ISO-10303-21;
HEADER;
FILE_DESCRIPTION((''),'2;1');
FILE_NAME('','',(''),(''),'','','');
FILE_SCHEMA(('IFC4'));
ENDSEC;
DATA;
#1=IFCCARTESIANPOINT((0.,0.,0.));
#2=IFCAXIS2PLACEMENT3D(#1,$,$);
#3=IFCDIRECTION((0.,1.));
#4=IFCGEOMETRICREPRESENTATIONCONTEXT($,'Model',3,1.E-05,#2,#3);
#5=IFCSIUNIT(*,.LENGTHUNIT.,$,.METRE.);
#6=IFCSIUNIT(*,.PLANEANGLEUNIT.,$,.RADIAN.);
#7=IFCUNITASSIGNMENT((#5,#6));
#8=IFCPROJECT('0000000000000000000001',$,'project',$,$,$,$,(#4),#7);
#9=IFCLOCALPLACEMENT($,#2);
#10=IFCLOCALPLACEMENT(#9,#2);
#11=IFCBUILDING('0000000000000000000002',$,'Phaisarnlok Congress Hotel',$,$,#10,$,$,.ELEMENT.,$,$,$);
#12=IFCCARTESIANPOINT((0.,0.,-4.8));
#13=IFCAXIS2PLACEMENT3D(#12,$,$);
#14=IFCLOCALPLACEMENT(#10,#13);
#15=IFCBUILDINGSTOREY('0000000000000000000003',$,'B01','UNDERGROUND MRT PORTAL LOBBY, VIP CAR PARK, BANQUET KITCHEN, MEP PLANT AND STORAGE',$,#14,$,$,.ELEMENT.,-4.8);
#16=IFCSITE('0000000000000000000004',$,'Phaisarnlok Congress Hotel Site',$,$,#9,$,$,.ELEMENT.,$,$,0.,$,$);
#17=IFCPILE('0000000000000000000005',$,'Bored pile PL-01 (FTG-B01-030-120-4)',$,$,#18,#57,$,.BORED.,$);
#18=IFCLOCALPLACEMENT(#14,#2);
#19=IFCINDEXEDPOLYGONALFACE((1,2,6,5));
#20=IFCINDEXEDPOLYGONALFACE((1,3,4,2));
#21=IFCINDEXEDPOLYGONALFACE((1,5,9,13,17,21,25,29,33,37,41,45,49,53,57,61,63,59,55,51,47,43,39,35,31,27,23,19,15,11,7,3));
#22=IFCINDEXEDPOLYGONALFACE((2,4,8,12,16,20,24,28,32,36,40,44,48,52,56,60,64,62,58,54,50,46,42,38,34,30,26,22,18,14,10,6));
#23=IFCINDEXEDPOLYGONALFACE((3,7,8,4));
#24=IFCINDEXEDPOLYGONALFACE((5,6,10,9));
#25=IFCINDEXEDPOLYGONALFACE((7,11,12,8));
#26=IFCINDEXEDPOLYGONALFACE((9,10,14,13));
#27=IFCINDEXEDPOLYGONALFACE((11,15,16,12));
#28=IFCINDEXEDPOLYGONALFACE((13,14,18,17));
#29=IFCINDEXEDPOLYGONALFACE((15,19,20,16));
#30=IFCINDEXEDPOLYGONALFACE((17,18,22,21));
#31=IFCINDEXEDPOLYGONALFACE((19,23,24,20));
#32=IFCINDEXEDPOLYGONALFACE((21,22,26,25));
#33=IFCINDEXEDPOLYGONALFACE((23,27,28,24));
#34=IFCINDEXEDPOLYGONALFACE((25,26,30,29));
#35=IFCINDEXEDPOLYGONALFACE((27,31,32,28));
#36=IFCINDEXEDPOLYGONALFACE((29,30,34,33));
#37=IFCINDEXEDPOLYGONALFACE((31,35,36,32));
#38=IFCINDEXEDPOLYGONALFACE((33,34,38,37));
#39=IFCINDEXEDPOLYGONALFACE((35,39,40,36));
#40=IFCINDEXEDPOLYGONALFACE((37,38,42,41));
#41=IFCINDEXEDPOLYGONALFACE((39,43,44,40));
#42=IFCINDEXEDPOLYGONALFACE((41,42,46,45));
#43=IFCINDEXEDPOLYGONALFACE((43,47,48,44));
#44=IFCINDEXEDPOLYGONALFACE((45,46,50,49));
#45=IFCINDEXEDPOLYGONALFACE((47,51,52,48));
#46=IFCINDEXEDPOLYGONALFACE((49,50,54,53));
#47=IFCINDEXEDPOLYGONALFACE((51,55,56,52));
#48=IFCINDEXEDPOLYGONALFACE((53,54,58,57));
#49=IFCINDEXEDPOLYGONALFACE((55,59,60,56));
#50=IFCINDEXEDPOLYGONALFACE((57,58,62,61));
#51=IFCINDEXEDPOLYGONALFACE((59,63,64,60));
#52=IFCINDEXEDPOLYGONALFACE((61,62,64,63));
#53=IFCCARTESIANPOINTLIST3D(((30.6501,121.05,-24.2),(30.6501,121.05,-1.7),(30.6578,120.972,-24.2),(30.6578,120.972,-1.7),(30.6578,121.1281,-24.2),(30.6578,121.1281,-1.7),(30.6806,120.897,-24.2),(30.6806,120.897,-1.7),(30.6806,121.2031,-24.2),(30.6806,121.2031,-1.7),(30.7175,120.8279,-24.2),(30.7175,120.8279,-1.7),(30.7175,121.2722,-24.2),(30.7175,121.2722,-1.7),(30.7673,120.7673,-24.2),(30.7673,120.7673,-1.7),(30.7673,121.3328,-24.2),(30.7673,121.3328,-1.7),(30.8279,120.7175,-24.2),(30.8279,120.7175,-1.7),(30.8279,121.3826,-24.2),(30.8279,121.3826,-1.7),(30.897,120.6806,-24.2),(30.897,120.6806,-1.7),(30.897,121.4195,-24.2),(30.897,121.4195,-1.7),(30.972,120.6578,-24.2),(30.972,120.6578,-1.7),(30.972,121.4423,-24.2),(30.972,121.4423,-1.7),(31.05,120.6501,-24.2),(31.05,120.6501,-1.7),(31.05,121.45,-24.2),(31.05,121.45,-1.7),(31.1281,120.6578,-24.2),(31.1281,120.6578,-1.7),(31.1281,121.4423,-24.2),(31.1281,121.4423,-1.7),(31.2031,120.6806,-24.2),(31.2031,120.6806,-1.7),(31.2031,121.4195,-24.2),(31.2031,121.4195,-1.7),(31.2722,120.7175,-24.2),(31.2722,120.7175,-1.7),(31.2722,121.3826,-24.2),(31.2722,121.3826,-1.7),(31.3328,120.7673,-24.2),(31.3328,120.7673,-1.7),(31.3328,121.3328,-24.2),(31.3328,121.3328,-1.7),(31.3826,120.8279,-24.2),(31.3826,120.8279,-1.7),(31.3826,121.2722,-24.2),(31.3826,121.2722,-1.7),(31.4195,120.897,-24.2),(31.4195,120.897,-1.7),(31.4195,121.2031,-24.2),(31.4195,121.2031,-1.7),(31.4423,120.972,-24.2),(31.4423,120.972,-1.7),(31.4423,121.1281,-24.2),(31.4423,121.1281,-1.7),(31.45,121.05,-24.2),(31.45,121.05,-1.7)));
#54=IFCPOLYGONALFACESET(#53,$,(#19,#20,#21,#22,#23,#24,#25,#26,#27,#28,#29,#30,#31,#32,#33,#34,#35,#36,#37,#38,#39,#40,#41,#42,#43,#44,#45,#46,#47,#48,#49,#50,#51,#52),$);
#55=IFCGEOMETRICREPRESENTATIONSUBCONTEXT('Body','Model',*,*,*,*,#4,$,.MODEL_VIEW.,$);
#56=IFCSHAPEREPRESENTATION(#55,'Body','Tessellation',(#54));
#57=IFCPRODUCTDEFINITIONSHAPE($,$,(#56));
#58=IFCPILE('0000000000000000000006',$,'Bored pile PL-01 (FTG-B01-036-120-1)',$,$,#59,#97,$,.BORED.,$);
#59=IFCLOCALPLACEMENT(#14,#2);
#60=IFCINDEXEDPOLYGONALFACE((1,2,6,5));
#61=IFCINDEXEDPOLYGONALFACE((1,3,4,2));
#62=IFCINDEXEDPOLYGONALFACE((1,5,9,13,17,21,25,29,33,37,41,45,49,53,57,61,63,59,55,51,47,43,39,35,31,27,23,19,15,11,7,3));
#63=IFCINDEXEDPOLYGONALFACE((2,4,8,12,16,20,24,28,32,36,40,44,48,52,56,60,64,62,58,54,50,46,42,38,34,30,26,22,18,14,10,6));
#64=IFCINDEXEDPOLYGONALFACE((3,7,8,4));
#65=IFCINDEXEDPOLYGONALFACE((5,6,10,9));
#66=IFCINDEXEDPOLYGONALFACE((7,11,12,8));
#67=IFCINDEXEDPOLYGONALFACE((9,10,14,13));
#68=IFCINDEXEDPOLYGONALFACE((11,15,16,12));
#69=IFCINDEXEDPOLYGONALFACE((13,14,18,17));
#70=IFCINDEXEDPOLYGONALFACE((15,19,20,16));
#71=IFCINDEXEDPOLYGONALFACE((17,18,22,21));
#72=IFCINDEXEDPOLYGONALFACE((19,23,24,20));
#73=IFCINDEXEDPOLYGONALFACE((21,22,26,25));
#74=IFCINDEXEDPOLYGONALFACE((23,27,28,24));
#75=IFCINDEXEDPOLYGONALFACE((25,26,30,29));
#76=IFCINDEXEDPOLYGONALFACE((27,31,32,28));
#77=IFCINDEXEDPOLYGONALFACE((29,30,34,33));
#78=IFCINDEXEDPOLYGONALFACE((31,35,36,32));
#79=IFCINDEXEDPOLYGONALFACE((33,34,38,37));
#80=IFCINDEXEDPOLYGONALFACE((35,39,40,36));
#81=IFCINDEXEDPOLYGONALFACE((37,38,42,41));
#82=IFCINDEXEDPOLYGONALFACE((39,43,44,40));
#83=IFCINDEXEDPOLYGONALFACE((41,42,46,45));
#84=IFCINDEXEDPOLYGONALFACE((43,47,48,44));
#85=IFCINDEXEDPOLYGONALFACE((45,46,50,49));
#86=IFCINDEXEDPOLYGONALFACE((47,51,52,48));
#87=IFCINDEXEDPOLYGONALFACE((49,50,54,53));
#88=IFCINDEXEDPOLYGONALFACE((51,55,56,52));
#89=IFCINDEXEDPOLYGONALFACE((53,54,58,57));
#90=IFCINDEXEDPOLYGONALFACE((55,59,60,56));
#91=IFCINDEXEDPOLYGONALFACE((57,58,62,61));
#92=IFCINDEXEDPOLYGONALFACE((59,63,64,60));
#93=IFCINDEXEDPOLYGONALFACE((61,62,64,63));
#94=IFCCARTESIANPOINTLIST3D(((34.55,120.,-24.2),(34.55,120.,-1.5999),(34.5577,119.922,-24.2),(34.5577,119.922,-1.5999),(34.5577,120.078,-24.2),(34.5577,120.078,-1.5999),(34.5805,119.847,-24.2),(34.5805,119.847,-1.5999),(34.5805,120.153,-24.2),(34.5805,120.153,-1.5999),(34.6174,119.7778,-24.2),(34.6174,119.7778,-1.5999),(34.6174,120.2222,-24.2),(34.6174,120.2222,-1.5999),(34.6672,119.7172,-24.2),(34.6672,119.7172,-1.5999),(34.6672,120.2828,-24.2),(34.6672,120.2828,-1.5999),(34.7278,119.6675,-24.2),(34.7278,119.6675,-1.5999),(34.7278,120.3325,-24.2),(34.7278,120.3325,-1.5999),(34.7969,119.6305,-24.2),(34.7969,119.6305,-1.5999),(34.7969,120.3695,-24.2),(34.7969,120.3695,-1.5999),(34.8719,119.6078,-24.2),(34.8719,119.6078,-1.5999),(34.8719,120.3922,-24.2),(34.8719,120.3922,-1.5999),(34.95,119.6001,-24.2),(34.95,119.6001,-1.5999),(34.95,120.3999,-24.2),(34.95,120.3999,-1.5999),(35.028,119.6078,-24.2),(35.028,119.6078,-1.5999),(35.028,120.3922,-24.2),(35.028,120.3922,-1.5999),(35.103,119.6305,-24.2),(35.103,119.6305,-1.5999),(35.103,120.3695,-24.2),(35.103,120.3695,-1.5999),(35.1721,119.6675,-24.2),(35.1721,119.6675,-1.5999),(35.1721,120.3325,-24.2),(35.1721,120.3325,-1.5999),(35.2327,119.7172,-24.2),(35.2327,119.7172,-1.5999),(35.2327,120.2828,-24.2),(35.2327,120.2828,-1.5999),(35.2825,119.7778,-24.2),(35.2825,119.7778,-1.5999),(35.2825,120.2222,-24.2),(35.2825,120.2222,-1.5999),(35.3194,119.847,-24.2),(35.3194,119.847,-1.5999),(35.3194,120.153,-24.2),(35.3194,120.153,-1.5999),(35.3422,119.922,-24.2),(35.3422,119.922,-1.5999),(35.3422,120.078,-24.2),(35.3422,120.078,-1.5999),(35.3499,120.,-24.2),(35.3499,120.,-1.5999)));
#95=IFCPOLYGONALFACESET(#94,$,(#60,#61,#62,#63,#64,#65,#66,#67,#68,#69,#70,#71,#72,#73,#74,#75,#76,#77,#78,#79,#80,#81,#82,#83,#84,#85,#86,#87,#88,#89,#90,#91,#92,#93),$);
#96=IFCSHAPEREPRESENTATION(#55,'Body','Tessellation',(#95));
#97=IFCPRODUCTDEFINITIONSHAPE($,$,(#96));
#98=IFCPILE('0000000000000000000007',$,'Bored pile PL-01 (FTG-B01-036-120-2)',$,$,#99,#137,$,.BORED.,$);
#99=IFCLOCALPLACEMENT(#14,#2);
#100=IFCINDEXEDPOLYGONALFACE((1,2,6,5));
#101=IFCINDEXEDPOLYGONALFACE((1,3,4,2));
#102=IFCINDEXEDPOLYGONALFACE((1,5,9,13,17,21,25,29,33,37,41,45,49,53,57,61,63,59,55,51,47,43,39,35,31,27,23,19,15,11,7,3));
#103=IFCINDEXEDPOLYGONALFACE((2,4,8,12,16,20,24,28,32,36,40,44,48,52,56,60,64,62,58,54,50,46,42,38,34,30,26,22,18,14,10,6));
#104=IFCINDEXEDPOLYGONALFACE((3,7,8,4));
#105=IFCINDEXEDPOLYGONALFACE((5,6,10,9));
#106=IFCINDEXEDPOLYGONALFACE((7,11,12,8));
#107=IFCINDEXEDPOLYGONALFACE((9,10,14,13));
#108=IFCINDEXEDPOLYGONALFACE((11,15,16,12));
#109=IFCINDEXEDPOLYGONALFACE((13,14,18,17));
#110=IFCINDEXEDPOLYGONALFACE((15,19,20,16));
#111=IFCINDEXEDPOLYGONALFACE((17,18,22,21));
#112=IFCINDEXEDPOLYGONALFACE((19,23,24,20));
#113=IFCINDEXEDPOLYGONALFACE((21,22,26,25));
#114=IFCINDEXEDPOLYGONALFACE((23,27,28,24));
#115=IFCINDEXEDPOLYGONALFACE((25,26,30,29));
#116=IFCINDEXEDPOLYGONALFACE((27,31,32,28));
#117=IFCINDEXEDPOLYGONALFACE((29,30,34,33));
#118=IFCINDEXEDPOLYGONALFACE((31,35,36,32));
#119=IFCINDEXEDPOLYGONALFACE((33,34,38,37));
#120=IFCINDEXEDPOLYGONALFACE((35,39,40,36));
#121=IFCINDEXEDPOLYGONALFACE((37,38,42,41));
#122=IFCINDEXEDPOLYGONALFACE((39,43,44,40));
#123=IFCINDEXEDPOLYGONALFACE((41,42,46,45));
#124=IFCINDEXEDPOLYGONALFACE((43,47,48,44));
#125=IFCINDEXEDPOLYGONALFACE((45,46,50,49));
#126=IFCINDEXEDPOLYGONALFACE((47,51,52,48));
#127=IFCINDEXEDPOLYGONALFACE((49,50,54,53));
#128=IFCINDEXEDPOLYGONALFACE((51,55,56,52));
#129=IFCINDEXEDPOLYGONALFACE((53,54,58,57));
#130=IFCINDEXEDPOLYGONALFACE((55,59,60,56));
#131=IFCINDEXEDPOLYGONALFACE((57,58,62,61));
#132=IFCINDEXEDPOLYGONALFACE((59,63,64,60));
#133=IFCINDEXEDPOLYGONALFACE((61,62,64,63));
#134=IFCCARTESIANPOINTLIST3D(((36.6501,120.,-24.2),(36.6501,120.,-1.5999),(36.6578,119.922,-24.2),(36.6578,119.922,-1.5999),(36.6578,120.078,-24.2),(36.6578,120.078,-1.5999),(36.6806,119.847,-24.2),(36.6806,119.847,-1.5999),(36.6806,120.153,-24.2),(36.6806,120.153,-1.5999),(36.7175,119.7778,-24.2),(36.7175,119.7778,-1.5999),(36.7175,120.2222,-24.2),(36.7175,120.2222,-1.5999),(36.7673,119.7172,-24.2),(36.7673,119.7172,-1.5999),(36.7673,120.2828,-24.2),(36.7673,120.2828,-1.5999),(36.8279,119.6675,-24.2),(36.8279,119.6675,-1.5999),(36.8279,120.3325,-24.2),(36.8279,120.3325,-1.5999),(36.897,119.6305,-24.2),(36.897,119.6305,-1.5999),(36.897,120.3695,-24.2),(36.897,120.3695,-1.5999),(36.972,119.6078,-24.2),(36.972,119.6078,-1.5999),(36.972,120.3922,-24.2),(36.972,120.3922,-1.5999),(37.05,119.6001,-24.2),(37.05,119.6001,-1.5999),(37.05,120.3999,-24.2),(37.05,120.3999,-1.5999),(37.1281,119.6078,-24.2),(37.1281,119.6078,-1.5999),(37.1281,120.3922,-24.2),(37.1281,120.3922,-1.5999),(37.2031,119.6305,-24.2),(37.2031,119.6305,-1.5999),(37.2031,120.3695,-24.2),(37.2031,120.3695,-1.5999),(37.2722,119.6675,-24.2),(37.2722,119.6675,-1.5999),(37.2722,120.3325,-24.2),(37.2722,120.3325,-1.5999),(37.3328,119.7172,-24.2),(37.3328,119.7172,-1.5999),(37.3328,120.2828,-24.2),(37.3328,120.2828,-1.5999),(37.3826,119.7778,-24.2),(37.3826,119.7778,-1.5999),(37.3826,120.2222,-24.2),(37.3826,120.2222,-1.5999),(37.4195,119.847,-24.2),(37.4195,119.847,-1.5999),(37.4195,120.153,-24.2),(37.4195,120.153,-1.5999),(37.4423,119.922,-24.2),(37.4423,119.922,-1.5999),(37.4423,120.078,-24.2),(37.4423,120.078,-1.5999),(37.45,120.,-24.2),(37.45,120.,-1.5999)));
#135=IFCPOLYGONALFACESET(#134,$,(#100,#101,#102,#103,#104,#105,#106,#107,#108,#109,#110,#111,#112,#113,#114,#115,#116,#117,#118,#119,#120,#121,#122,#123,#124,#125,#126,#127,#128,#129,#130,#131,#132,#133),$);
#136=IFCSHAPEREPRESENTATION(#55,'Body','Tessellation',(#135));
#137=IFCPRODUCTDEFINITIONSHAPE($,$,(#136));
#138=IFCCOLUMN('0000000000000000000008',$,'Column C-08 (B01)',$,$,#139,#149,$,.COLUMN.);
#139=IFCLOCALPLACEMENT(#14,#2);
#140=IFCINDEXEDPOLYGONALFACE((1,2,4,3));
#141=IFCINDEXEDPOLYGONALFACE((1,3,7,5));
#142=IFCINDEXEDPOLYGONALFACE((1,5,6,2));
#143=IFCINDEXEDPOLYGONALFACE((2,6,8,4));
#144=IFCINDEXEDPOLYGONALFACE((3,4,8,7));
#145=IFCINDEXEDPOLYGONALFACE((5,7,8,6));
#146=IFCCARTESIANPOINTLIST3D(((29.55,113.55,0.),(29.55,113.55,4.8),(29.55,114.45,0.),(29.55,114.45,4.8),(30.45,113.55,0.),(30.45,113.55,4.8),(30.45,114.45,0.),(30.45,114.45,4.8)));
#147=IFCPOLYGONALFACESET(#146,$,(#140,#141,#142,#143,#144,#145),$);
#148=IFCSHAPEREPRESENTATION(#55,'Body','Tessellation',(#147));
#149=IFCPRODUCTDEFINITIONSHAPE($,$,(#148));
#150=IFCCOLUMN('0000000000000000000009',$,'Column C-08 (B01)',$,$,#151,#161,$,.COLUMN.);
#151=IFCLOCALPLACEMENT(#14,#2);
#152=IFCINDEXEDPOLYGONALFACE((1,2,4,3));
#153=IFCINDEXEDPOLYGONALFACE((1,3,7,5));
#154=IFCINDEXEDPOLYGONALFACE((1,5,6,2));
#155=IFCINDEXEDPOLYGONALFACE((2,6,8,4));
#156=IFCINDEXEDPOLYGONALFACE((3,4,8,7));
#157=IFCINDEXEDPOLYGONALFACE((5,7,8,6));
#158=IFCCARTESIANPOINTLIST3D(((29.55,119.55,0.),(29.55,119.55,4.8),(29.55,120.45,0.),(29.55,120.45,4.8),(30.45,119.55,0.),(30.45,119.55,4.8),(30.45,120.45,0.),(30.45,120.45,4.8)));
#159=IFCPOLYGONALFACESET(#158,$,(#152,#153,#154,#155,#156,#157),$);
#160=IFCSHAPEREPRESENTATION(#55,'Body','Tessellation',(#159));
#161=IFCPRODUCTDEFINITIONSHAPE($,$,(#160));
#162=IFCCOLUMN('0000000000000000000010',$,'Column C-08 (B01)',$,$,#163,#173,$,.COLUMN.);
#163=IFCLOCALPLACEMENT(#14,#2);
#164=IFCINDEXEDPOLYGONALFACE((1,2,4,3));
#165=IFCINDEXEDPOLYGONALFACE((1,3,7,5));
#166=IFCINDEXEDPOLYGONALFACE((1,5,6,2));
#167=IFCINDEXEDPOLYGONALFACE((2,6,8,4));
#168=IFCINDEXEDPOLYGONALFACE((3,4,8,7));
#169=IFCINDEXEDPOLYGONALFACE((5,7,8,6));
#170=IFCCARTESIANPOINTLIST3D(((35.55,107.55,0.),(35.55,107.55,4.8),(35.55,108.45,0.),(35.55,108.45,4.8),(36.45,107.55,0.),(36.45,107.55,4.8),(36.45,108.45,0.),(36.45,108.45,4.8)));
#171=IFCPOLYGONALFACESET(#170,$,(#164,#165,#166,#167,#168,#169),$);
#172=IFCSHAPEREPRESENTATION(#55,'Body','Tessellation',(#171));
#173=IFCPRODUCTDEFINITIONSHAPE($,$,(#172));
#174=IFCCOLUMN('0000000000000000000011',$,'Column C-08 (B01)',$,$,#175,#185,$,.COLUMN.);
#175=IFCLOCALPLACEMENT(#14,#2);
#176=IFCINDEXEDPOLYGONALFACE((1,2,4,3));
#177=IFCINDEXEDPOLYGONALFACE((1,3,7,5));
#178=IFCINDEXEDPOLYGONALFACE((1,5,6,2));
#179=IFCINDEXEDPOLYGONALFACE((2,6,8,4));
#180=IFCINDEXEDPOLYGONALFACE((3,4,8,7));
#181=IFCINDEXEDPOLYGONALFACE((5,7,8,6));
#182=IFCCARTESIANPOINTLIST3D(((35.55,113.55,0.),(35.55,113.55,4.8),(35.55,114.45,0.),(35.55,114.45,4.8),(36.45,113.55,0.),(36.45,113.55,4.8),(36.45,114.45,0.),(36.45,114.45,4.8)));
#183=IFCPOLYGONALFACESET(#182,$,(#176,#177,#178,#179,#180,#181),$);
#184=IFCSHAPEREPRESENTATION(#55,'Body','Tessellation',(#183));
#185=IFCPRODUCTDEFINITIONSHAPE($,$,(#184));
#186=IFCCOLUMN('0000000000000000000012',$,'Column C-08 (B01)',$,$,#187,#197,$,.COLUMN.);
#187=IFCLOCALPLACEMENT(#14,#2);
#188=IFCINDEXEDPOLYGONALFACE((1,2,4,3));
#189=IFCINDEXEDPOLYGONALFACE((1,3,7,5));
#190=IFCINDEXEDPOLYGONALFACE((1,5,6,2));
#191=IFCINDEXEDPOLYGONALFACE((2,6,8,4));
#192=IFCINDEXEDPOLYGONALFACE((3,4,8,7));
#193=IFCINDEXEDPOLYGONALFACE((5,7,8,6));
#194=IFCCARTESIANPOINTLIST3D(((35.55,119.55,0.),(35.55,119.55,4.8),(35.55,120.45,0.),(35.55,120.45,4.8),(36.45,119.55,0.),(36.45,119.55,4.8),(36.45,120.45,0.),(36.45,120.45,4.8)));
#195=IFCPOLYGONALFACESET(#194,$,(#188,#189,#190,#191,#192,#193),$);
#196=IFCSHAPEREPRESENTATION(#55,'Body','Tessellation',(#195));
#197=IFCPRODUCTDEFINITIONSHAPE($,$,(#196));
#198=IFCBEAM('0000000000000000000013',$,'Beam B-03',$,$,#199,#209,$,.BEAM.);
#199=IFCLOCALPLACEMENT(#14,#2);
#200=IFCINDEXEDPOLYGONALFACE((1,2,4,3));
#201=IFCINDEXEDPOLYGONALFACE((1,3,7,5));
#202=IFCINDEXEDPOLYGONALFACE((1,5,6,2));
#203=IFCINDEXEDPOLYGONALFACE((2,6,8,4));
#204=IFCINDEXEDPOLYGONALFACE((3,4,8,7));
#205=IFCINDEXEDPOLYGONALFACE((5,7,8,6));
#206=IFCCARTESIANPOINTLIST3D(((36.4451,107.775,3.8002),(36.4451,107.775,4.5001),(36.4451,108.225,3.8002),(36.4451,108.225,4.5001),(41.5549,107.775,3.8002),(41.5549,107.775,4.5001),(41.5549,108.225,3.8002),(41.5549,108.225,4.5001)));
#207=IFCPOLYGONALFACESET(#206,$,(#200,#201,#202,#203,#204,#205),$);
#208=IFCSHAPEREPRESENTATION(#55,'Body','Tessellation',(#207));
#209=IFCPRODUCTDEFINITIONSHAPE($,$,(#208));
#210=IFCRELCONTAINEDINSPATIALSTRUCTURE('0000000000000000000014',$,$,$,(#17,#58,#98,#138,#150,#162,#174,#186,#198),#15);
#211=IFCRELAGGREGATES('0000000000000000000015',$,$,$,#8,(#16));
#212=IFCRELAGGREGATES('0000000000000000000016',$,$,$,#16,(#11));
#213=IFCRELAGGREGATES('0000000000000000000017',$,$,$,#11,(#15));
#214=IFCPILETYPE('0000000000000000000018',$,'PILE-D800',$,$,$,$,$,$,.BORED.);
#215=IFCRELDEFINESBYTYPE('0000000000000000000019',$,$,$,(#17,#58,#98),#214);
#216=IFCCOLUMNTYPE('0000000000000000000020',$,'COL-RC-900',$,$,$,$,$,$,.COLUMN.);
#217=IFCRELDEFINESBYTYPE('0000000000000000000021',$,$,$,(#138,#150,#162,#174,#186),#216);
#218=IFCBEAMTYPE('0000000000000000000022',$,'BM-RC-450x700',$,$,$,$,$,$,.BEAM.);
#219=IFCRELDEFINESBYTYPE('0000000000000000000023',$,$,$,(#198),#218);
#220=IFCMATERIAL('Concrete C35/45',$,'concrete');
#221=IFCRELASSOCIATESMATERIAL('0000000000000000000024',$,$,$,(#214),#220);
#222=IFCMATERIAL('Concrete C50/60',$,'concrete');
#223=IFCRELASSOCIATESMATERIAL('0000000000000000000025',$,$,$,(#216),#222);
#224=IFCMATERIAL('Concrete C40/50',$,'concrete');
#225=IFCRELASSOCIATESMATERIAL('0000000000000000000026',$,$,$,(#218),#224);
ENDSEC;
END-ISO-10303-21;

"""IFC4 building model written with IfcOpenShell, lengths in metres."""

from ifc_helpers import new_model, si_unit, direction, frame, origin, origin_2d, place, context, subcontext, project, spatial, rectangle, circle, extrude, material, material_profile, profile_set, type_object, element, save


model = new_model("IFC4")

# Units and contexts
model_context = context("Model", 3, precision=1e-05, world=origin(), true_north=direction((0.0, 1.0)))
body_context = subcontext(model_context, "Body", "Model", "MODEL_VIEW")
ifc_project = project(units=[si_unit("LENGTHUNIT", "METRE"), si_unit("PLANEANGLEUNIT", "RADIAN")], contexts=[model_context])

# Site, building, storey
site_placement = place(None, origin())
site = spatial("IfcSite", under=ifc_project, at=site_placement, Name="Phaisarnlok Congress Hotel Site", CompositionType="ELEMENT", RefElevation=0.0)
building_placement = place(site_placement, origin())
building = spatial("IfcBuilding", under=site, at=building_placement, Name="Phaisarnlok Congress Hotel", CompositionType="ELEMENT")
storey_placement = place(building_placement, frame((0.0, 0.0, -4.8)))
storey = spatial("IfcBuildingStorey", under=building, at=storey_placement, Name="B01", Description="UNDERGROUND MRT PORTAL LOBBY, VIP CAR PARK, BANQUET KITCHEN, MEP PLANT AND STORAGE", CompositionType="ELEMENT", Elevation=-4.8)

# Shared definitions
ifc_material_1 = material(Name="Concrete C40/50", Category="concrete")

# Piles
ifc_material_2 = material(Name="Concrete C35/45", Category="concrete")
ifc_material_profile_1 = material_profile(ifc_material_2, circle(Radius=0.3999, at=origin_2d()), Name="BORED PILE D800")
ifc_profile_set_1 = profile_set([ifc_material_profile_1], Name="Concrete C35/45")
pile_type_1 = type_object("IfcPileType", Name="PILE-D800", PredefinedType="BORED", material=ifc_profile_set_1)
for number, where, z_axis, x_axis, name in (
    (1, (31.05, 121.05, -1.7), (0.0, 0.0, -1.0), (1.0, 0.0, 0.0), "Bored pile PL-01 (FTG-B01-030-120-4)"),
):
    element("IfcPile", number, at=place(storey_placement, frame(where, z_axis=z_axis, x_axis=x_axis)), inside=storey, type_object=pile_type_1, Name=name, PredefinedType="BORED", context=body_context, shape_type="SweptSolid", body=[
        extrude(circle(Radius=0.3999, at=origin_2d()), origin(), (0.0, 0.0, 1.0), 22.5),
    ])
for number, where, z_axis, x_axis, name in (
    (2, (34.95, 120.0, -1.5999), (0.0, 0.0, -1.0), (1.0, 0.0, 0.0), "Bored pile PL-01 (FTG-B01-036-120-1)"),
    (3, (37.05, 120.0, -1.5999), (0.0, 0.0, -1.0), (1.0, 0.0, 0.0), "Bored pile PL-01 (FTG-B01-036-120-2)"),
):
    element("IfcPile", number, at=place(storey_placement, frame(where, z_axis=z_axis, x_axis=x_axis)), inside=storey, type_object=pile_type_1, Name=name, PredefinedType="BORED", context=body_context, shape_type="SweptSolid", body=[
        extrude(circle(Radius=0.3999, at=origin_2d()), origin(), (0.0, 0.0, 1.0), 22.6001),
    ])

# Columns
ifc_material_3 = material(Name="Concrete C50/60", Category="concrete")
ifc_material_profile_2 = material_profile(ifc_material_3, rectangle(XDim=0.8999, YDim=0.8999, at=origin_2d()), Name="RC 900x900")
ifc_profile_set_2 = profile_set([ifc_material_profile_2], Name="Concrete C50/60")
column_type = type_object("IfcColumnType", Name="COL-RC-900", PredefinedType="COLUMN", material=ifc_profile_set_2)
for number, where, z_axis, x_axis, name in (
    (4, (30.0, 114.0, 0.0), (0.0, 0.0, 1.0), (1.0, 0.0, 0.0), "Column C-08 (B01)"),
    (5, (30.0, 120.0, 0.0), (0.0, 0.0, 1.0), (1.0, 0.0, 0.0), "Column C-08 (B01)"),
    (6, (36.0, 108.0, 0.0), (0.0, 0.0, 1.0), (1.0, 0.0, 0.0), "Column C-08 (B01)"),
    (7, (36.0, 114.0, 0.0), (0.0, 0.0, 1.0), (1.0, 0.0, 0.0), "Column C-08 (B01)"),
    (8, (36.0, 120.0, 0.0), (0.0, 0.0, 1.0), (1.0, 0.0, 0.0), "Column C-08 (B01)"),
):
    element("IfcColumn", number, at=place(storey_placement, frame(where, z_axis=z_axis, x_axis=x_axis)), inside=storey, type_object=column_type, Name=name, PredefinedType="COLUMN", context=body_context, shape_type="SweptSolid", body=[
        extrude(rectangle(XDim=0.8999, YDim=0.8999, at=origin_2d()), origin(), (0.0, 0.0, 1.0), 4.8),
    ])

# Beam
ifc_material_profile_3 = material_profile(ifc_material_1, rectangle(XDim=0.45, YDim=0.7, at=origin_2d()), Name="RC 450x700")
ifc_profile_set_3 = profile_set([ifc_material_profile_3], Name="Concrete C40/50")
beam_type_1 = type_object("IfcBeamType", Name="BM-RC-450x700", PredefinedType="BEAM", material=ifc_profile_set_3)
for number, where, z_axis, x_axis, name in (
    (9, (36.4451, 108.0, 4.1501), (1.0, 0.0, 0.0), (0.0, 1.0, 0.0), "Beam B-03"),
):
    element("IfcBeam", number, at=place(storey_placement, frame(where, z_axis=z_axis, x_axis=x_axis)), inside=storey, type_object=beam_type_1, Name=name, PredefinedType="BEAM", context=body_context, shape_type="SweptSolid", body=[
        extrude(rectangle(XDim=0.45, YDim=0.7, at=origin_2d()), origin(), (0.0, 0.0, 1.0), 5.1099),
    ])

save(model, "model.ifc")
